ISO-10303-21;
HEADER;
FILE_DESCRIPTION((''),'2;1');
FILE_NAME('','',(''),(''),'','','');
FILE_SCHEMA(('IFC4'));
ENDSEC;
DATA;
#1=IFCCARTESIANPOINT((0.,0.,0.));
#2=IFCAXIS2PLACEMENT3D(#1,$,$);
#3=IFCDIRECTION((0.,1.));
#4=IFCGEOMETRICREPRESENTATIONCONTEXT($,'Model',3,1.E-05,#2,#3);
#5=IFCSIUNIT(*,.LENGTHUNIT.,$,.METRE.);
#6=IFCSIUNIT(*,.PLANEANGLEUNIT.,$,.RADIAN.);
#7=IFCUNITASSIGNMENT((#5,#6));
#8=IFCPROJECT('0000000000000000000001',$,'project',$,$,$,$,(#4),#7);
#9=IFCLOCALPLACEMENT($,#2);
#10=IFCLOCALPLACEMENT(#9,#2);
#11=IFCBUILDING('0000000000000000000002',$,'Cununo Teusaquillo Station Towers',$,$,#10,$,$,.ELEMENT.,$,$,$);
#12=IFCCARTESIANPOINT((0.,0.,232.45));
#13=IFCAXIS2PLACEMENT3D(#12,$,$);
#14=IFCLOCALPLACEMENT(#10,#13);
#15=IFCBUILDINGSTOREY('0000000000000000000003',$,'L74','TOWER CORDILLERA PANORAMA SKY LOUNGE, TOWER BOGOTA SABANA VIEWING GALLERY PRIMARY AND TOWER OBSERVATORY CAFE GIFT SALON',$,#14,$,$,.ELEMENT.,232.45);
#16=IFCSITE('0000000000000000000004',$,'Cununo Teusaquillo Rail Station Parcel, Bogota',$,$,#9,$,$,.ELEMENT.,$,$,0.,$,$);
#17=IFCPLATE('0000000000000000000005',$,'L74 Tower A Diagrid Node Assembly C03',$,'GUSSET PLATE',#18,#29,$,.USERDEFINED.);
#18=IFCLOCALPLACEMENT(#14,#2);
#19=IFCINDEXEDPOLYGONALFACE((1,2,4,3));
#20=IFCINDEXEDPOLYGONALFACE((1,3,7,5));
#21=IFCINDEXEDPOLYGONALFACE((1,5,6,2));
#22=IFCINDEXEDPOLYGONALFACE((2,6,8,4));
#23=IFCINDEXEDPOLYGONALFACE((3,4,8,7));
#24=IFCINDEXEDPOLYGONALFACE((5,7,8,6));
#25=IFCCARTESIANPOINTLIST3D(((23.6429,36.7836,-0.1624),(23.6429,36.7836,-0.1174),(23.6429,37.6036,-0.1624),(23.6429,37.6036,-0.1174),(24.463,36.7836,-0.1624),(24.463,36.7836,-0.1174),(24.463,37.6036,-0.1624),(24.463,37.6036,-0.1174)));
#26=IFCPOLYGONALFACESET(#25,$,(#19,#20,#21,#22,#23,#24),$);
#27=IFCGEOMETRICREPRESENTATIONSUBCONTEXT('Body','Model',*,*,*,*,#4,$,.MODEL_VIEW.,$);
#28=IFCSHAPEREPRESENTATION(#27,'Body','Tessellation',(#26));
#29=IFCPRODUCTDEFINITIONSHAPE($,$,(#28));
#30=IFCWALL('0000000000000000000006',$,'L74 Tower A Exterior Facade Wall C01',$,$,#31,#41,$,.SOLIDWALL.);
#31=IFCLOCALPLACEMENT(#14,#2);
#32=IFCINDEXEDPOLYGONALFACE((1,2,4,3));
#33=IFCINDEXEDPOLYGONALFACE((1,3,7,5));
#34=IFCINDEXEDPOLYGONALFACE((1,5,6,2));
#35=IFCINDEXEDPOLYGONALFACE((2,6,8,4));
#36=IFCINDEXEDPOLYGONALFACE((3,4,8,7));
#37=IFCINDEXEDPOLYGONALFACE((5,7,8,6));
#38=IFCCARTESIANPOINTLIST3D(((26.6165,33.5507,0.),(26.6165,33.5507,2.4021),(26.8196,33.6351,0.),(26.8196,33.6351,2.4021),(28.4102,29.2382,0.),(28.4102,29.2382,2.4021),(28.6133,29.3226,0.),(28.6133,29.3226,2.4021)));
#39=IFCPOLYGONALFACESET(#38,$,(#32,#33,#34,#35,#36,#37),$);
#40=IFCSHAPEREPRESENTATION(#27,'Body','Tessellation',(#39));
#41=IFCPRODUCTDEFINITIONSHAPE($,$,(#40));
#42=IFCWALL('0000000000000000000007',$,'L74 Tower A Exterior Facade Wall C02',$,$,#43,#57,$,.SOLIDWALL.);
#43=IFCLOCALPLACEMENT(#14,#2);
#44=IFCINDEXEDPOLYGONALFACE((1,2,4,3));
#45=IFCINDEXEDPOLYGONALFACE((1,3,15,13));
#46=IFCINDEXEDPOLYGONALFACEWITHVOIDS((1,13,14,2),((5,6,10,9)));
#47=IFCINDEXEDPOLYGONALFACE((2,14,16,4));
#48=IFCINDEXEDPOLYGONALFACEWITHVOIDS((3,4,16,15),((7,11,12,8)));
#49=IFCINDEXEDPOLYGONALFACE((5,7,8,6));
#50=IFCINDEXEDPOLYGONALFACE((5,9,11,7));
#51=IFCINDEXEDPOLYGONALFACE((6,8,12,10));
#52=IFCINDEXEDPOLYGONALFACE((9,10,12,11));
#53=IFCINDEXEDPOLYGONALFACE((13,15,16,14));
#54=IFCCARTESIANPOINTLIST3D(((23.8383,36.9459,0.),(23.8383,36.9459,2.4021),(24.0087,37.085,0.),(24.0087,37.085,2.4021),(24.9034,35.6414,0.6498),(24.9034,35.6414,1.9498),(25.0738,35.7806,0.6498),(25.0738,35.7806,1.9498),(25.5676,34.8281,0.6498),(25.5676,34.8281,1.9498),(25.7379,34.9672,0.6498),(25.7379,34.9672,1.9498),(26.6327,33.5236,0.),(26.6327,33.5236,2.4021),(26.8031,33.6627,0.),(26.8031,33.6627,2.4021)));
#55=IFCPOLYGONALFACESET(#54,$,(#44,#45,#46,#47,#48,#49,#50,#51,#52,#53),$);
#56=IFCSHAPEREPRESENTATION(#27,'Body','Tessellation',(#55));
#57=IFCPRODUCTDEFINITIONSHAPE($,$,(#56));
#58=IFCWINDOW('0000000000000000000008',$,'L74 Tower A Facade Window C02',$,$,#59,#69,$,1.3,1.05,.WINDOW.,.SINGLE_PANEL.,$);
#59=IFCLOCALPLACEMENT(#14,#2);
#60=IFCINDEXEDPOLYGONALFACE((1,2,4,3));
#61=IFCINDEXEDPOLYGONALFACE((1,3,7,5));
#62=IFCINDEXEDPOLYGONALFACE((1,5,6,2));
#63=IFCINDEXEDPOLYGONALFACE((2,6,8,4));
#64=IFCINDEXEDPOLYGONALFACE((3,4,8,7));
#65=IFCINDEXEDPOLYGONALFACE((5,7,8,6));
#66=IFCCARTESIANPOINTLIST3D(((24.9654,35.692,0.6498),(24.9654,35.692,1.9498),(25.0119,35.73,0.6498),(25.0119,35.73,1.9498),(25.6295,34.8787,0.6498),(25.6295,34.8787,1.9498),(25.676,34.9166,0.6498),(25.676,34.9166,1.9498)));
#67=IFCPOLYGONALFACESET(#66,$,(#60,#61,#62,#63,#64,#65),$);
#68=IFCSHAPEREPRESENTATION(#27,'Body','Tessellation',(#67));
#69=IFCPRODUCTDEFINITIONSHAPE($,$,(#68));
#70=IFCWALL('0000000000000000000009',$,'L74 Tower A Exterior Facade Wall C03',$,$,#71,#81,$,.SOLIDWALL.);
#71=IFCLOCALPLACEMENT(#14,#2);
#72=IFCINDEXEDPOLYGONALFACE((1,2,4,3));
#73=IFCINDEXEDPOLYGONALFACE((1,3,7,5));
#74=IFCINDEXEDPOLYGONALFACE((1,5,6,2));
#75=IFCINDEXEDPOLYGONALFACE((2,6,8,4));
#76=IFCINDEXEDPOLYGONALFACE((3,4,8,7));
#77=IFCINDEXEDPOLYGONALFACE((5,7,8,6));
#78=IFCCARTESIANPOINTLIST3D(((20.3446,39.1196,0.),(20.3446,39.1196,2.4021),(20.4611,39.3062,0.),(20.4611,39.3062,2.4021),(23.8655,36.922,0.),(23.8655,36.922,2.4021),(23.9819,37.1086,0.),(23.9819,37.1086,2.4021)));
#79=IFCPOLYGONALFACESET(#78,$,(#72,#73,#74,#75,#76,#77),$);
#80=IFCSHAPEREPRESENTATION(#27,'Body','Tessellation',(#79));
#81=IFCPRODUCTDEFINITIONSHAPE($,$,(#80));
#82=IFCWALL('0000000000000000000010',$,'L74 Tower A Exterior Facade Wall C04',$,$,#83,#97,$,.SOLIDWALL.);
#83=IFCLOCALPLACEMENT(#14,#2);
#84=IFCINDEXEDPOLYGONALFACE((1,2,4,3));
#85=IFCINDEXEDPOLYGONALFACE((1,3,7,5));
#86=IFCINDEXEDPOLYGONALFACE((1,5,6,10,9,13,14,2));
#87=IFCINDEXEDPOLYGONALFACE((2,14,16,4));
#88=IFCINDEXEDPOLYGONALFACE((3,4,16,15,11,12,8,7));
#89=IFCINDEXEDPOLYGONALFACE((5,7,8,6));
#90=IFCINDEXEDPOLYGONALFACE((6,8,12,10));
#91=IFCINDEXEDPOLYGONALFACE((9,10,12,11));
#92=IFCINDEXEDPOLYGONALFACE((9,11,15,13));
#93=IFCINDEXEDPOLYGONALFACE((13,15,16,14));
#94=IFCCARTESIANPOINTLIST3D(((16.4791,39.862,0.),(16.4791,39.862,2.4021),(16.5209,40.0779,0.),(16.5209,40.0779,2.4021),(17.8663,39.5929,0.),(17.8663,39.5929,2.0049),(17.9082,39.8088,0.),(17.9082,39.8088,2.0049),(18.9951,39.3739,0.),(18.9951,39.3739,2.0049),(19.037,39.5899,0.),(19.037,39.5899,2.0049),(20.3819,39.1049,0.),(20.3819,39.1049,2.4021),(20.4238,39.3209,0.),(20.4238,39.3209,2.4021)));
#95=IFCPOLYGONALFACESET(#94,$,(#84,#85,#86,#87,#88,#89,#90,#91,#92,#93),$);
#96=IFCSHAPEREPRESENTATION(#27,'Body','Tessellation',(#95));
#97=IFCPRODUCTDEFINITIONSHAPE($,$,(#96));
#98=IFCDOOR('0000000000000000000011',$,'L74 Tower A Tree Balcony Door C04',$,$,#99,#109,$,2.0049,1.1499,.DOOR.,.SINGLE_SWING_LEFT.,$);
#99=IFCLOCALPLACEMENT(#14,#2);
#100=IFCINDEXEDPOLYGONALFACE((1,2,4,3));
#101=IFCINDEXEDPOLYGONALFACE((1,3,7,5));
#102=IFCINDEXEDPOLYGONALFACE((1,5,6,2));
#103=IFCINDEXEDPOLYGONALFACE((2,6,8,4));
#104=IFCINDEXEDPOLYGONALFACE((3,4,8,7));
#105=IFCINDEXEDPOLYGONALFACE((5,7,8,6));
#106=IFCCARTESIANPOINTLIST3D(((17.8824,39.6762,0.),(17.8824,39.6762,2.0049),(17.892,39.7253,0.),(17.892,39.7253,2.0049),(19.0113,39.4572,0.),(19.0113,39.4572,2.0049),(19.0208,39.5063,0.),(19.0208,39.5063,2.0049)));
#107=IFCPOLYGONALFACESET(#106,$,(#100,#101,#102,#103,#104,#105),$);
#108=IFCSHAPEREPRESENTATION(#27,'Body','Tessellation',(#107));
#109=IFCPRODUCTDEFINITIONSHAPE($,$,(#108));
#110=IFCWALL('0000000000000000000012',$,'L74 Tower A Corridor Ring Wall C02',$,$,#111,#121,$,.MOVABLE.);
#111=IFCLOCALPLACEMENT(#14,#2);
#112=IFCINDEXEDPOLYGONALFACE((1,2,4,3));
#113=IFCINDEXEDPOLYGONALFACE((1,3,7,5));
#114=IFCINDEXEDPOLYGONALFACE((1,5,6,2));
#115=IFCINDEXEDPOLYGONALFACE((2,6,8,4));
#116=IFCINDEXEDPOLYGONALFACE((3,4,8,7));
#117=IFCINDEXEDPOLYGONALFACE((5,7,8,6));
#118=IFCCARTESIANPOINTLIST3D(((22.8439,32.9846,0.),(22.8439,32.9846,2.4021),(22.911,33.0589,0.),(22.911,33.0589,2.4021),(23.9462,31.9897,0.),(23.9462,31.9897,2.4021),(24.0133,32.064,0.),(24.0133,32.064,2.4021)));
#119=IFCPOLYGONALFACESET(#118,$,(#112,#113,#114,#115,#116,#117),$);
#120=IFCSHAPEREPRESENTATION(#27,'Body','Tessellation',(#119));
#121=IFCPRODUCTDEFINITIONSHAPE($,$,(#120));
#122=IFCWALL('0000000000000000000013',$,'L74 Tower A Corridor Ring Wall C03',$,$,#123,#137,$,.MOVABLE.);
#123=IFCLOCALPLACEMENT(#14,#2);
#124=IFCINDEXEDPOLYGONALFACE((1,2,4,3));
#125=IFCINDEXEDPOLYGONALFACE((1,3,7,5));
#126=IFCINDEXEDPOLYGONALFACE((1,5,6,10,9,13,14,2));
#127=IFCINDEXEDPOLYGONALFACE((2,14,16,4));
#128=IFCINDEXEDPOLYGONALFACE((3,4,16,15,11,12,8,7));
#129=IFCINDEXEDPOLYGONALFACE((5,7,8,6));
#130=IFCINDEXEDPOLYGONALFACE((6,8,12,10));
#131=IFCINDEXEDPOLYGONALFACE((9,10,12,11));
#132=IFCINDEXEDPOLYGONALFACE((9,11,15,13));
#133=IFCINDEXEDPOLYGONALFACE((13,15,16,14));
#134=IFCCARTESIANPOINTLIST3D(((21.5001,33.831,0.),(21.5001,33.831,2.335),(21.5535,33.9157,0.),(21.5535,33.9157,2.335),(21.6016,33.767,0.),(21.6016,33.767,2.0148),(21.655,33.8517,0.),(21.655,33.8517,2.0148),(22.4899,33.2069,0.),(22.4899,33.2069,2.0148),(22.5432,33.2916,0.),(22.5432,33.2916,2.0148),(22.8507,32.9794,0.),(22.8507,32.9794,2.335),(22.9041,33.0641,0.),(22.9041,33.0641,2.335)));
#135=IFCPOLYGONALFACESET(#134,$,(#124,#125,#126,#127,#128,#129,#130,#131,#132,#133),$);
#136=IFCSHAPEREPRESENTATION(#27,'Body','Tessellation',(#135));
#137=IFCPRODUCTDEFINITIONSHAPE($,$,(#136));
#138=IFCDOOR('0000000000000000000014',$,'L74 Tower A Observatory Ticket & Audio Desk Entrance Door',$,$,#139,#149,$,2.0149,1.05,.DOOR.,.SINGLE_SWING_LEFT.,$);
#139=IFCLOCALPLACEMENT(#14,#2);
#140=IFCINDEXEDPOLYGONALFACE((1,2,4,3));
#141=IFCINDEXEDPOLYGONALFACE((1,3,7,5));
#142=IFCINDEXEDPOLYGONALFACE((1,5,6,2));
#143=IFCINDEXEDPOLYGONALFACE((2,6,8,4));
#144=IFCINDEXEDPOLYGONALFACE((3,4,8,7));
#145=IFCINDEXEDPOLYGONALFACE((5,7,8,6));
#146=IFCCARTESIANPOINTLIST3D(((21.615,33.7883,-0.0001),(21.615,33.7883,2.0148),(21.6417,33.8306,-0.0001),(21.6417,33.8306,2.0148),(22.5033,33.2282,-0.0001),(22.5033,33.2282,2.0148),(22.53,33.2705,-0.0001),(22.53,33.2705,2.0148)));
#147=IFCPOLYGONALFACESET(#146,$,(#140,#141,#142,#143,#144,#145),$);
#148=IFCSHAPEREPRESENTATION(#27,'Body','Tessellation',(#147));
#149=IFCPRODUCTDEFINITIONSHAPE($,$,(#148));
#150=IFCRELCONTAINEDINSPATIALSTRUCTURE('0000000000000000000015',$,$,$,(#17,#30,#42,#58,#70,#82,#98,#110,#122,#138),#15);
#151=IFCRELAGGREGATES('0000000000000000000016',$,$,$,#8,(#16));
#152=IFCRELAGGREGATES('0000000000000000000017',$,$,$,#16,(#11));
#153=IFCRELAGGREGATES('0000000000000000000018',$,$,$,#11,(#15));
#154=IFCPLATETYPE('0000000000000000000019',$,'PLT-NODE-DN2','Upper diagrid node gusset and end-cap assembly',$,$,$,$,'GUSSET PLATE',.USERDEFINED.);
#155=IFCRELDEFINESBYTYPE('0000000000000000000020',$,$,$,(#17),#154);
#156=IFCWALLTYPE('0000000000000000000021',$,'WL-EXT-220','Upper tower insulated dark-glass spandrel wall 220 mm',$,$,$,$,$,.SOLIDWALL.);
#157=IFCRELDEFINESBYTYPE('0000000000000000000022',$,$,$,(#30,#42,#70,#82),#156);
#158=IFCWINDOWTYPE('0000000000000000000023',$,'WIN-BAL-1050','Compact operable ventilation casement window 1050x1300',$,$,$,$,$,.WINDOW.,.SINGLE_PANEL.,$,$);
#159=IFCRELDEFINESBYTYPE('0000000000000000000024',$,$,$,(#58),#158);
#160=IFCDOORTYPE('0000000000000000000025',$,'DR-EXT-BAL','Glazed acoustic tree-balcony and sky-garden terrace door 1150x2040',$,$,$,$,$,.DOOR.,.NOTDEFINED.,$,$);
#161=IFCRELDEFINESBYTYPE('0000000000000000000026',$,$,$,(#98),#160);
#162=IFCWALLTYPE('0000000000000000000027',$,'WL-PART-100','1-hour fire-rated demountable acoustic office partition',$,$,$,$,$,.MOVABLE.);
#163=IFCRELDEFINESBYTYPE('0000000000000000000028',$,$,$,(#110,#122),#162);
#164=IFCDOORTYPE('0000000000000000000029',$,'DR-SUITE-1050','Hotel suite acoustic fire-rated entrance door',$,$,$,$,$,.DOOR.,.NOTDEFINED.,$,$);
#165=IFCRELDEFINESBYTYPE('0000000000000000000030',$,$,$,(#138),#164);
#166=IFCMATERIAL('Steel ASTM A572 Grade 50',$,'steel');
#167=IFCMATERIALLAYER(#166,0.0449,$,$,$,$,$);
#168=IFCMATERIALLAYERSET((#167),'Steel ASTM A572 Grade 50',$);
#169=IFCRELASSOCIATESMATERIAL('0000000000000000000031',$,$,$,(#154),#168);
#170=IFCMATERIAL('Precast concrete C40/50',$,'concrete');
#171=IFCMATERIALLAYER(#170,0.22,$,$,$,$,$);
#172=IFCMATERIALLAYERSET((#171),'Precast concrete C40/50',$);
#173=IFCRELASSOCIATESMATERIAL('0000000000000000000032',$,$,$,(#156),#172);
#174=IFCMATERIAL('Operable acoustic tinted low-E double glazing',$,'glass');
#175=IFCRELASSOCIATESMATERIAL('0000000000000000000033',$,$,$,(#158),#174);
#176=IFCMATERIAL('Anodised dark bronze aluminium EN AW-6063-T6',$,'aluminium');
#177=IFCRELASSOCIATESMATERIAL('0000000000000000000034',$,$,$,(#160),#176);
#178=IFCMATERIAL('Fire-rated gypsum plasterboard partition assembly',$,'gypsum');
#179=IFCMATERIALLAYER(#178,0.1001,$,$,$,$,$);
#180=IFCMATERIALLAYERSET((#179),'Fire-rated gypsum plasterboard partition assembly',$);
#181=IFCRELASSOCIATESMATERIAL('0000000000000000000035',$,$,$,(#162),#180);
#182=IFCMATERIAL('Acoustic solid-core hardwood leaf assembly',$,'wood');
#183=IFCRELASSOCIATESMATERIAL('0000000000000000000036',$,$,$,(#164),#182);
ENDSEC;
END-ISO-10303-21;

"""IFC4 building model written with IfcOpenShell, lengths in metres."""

from ifc_helpers import new_model, si_unit, direction, frame, frame_2d, origin, origin_2d, place, context, subcontext, project, spatial, rectangle, extrude, source, transform, mapped, material, layer, layer_set, type_object, element, fill, save


model = new_model("IFC4")

# Units and contexts
model_context = context("Model", 3, precision=1e-05, world=origin(), true_north=direction((0.0, 1.0)))
body_context = subcontext(model_context, "Body", "Model", "MODEL_VIEW")
ifc_project = project(units=[si_unit("LENGTHUNIT", "METRE"), si_unit("PLANEANGLEUNIT", "RADIAN")], contexts=[model_context])

# Site, building, storey
site_placement = place(None, origin())
site = spatial("IfcSite", under=ifc_project, at=site_placement, Name="Cununo Teusaquillo Rail Station Parcel, Bogota", CompositionType="ELEMENT", RefElevation=0.0)
building_placement = place(site_placement, origin())
building = spatial("IfcBuilding", under=site, at=building_placement, Name="Cununo Teusaquillo Station Towers", CompositionType="ELEMENT")
storey_placement = place(building_placement, frame((0.0, 0.0, 232.45)))
storey = spatial("IfcBuildingStorey", under=building, at=storey_placement, Name="L74", Description="TOWER CORDILLERA PANORAMA SKY LOUNGE, TOWER BOGOTA SABANA VIEWING GALLERY PRIMARY AND TOWER OBSERVATORY CAFE GIFT SALON", CompositionType="ELEMENT", Elevation=232.45)

# Plate
ifc_material_1 = material(Name="Steel ASTM A572 Grade 50", Category="steel")
ifc_layer_1 = layer(ifc_material_1, 0.0449)
ifc_layer_set_1 = layer_set([ifc_layer_1], Name="Steel ASTM A572 Grade 50")
plate_type = type_object("IfcPlateType", Name="PLT-NODE-DN2", Description="Upper diagrid node gusset and end-cap assembly", ElementType="GUSSET PLATE", PredefinedType="USERDEFINED", material=ifc_layer_set_1)
shared_shape_1 = source(origin(), body_context, "Body", "SweptSolid", [
    extrude(rectangle(XDim=0.8201, YDim=0.8201, at=origin_2d()), origin(), (0.0, 0.0, 1.0), 0.0449),
])
for number, where, z_axis, x_axis, name in (
    (1, (24.053, 37.1936, -0.1624), (0.0, 0.0, 1.0), (1.0, 0.0, 0.0), "L74 Tower A Diagrid Node Assembly C03"),
):
    element("IfcPlate", number, at=place(storey_placement, frame(where, z_axis=z_axis, x_axis=x_axis)), inside=storey, type_object=plate_type, Name=name, ObjectType="GUSSET PLATE", PredefinedType="USERDEFINED", context=body_context, shape_type="MappedRepresentation", body=[
        mapped(shared_shape_1, transform((0.0, 0.0, 0.0), x_axis=(1.0, 0.0, 0.0), y_axis=(0.0, 1.0, 0.0), z_axis=(0.0, 0.0, 1.0), scale=1.0)),
    ])

# Wall
ifc_material_2 = material(Name="Precast concrete C40/50", Category="concrete")
ifc_layer_2 = layer(ifc_material_2, 0.22)
ifc_layer_set_2 = layer_set([ifc_layer_2], Name="Precast concrete C40/50")
wall_type_1 = type_object("IfcWallType", Name="WL-EXT-220", Description="Upper tower insulated dark-glass spandrel wall 220 mm", PredefinedType="SOLIDWALL", material=ifc_layer_set_2)
wall_1_placement = place(storey_placement, frame((26.718, 33.593, 0.0), z_axis=(0.0, 0.0, 1.0), x_axis=(0.384036, -0.923318, 0.0)))
element("IfcWall", 2, at=wall_1_placement, inside=storey, type_object=wall_type_1, Name="L74 Tower A Exterior Facade Wall C01", PredefinedType="SOLIDWALL", context=body_context, shape_type="SweptSolid", body=[
    extrude(rectangle(XDim=4.6707, YDim=0.22, at=frame_2d((2.3354, 0.0))), origin(), (0.0, 0.0, 1.0), 2.4021),
])

# Wall, opening, window
wall_2_placement = place(storey_placement, frame((23.9236, 37.0154, 0.0), z_axis=(0.0, 0.0, 1.0), x_axis=(0.632467, -0.774587, 0.0)))
wall_2 = element("IfcWall", 3, at=wall_2_placement, inside=storey, type_object=wall_type_1, Name="L74 Tower A Exterior Facade Wall C02", PredefinedType="SOLIDWALL", context=body_context, shape_type="SweptSolid", body=[
    extrude(rectangle(XDim=4.4182, YDim=0.22, at=frame_2d((2.209, 0.0))), origin(), (0.0, 0.0, 1.0), 2.4021),
])
shared_shape_2 = source(origin(), body_context, "Body", "SweptSolid", [
    extrude(rectangle(XDim=1.05, YDim=1.3, at=frame_2d((0.5249, 0.6499))), frame((0.0, 0.1199, 0.0), z_axis=(0.0, -1.0, 0.0), x_axis=(1.0, 0.0, 0.0)), (0.0, 0.0, 1.0), 0.24),
])
opening_1_placement = place(wall_2_placement, frame((1.6841, 0.0, 0.6499)))
opening_1 = element("IfcOpeningElement", 4, at=opening_1_placement, cuts=wall_2, PredefinedType="OPENING", context=body_context, shape_type="MappedRepresentation", body=[
    mapped(shared_shape_2, transform((0.0, 0.0, 0.0), x_axis=(1.0, 0.0, 0.0), y_axis=(0.0, 1.0, 0.0), z_axis=(0.0, 0.0, 1.0), scale=1.0)),
])
ifc_material_3 = material(Name="Operable acoustic tinted low-E double glazing", Category="glass")
window_type = type_object("IfcWindowType", Name="WIN-BAL-1050", Description="Compact operable ventilation casement window 1050x1300", PartitioningType="SINGLE_PANEL", PredefinedType="WINDOW", material=ifc_material_3)
shared_shape_3 = source(origin(), body_context, "Body", "SweptSolid", [
    extrude(rectangle(XDim=1.05, YDim=1.3, at=frame_2d((0.5249, 0.6499))), frame((0.0, 0.03, 0.0), z_axis=(0.0, -1.0, 0.0), x_axis=(1.0, 0.0, 0.0)), (0.0, 0.0, 1.0), 0.0601),
])
window_placement = place(opening_1_placement, origin())
window = element("IfcWindow", 5, at=window_placement, inside=storey, type_object=window_type, Name="L74 Tower A Facade Window C02", OverallHeight=1.3, OverallWidth=1.05, PartitioningType="SINGLE_PANEL", PredefinedType="WINDOW", context=body_context, shape_type="MappedRepresentation", body=[
    mapped(shared_shape_3, transform((0.0, 0.0, 0.0), x_axis=(1.0, 0.0, 0.0), y_axis=(0.0, 1.0, 0.0), z_axis=(0.0, 0.0, 1.0), scale=1.0)),
])
fill(opening_1, window)

# Wall
wall_3_placement = place(storey_placement, frame((20.4028, 39.2129, 0.0), z_axis=(0.0, 0.0, 1.0), x_axis=(0.848319, -0.529486, 0.0)))
element("IfcWall", 6, at=wall_3_placement, inside=storey, type_object=wall_type_1, Name="L74 Tower A Exterior Facade Wall C03", PredefinedType="SOLIDWALL", context=body_context, shape_type="SweptSolid", body=[
    extrude(rectangle(XDim=4.1504, YDim=0.22, at=frame_2d((2.0752, 0.0))), origin(), (0.0, 0.0, 1.0), 2.4021),
])

# Wall, opening, door
wall_4_placement = place(storey_placement, frame((16.5, 39.97, 0.0), z_axis=(0.0, 0.0, 1.0), x_axis=(0.9817, -0.190432, 0.0)))
wall_4 = element("IfcWall", 7, at=wall_4_placement, inside=storey, type_object=wall_type_1, Name="L74 Tower A Exterior Facade Wall C04", PredefinedType="SOLIDWALL", context=body_context, shape_type="SweptSolid", body=[
    extrude(rectangle(XDim=3.9756, YDim=0.22, at=frame_2d((1.9878, 0.0))), origin(), (0.0, 0.0, 1.0), 2.4021),
])
shared_shape_4 = source(origin(), body_context, "Body", "SweptSolid", [
    extrude(rectangle(XDim=1.1499, YDim=2.0049, at=frame_2d((0.575, 1.0024))), frame((0.0, 0.1199, 0.0), z_axis=(0.0, -1.0, 0.0), x_axis=(1.0, 0.0, 0.0)), (0.0, 0.0, 1.0), 0.24),
])
opening_2_placement = place(wall_4_placement, frame((1.4131, 0.0, 0.0)))
opening_2 = element("IfcOpeningElement", 8, at=opening_2_placement, cuts=wall_4, PredefinedType="OPENING", context=body_context, shape_type="MappedRepresentation", body=[
    mapped(shared_shape_4, transform((0.0, 0.0, 0.0), x_axis=(1.0, 0.0, 0.0), y_axis=(0.0, 1.0, 0.0), z_axis=(0.0, 0.0, 1.0), scale=1.0)),
])
ifc_material_4 = material(Name="Anodised dark bronze aluminium EN AW-6063-T6", Category="aluminium")
door_type_1 = type_object("IfcDoorType", Name="DR-EXT-BAL", Description="Glazed acoustic tree-balcony and sky-garden terrace door 1150x2040", OperationType="NOTDEFINED", PredefinedType="DOOR", material=ifc_material_4)
shared_shape_5 = source(origin(), body_context, "Body", "SweptSolid", [
    extrude(rectangle(XDim=1.1499, YDim=2.0049, at=frame_2d((0.575, 1.0024))), frame((0.0, 0.0249, 0.0), z_axis=(0.0, -1.0, 0.0), x_axis=(1.0, 0.0, 0.0)), (0.0, 0.0, 1.0), 0.05),
])
door_1_placement = place(opening_2_placement, origin())
door_1 = element("IfcDoor", 9, at=door_1_placement, inside=storey, type_object=door_type_1, Name="L74 Tower A Tree Balcony Door C04", OperationType="SINGLE_SWING_LEFT", OverallHeight=2.0049, OverallWidth=1.1499, PredefinedType="DOOR", context=body_context, shape_type="MappedRepresentation", body=[
    mapped(shared_shape_5, transform((0.0, 0.0, 0.0), x_axis=(1.0, 0.0, 0.0), y_axis=(0.0, 1.0, 0.0), z_axis=(0.0, 0.0, 1.0), scale=1.0)),
])
fill(opening_2, door_1)

# Wall
ifc_material_5 = material(Name="Fire-rated gypsum plasterboard partition assembly", Category="gypsum")
ifc_layer_3 = layer(ifc_material_5, 0.1001)
ifc_layer_set_3 = layer_set([ifc_layer_3], Name="Fire-rated gypsum plasterboard partition assembly")
wall_type_2 = type_object("IfcWallType", Name="WL-PART-100", Description="1-hour fire-rated demountable acoustic office partition", PredefinedType="MOVABLE", material=ifc_layer_set_3)
wall_5_placement = place(storey_placement, frame((23.9797, 32.0269, 0.0), z_axis=(0.0, 0.0, 1.0), x_axis=(-0.742353, 0.670009, 0.0)))
element("IfcWall", 10, at=wall_5_placement, inside=storey, type_object=wall_type_2, Name="L74 Tower A Corridor Ring Wall C02", PredefinedType="MOVABLE", context=body_context, shape_type="SweptSolid", body=[
    extrude(rectangle(XDim=1.4849, YDim=0.1001, at=frame_2d((0.7424, 0.0))), origin(), (0.0, 0.0, 1.0), 2.4021),
])

# Wall, opening, door
wall_6_placement = place(storey_placement, frame((22.8774, 33.0217, 0.0), z_axis=(0.0, 0.0, 1.0), x_axis=(-0.845896, 0.533348, 0.0)))
wall_6 = element("IfcWall", 11, at=wall_6_placement, inside=storey, type_object=wall_type_2, Name="L74 Tower A Corridor Ring Wall C03", PredefinedType="MOVABLE", context=body_context, shape_type="SweptSolid", body=[
    extrude(rectangle(XDim=1.5967, YDim=0.1001, at=frame_2d((0.7983, 0.0))), origin(), (0.0, 0.0, 1.0), 2.335),
])
shared_shape_6 = source(origin(), body_context, "Body", "SweptSolid", [
    extrude(rectangle(XDim=1.05, YDim=2.0149, at=frame_2d((0.5249, 1.0073))), frame((0.0, 0.0601, 0.0), z_axis=(0.0, -1.0, 0.0), x_axis=(1.0, 0.0, 0.0)), (0.0, 0.0, 1.0), 0.1201),
])
opening_3_placement = place(wall_6_placement, frame((0.4268, 0.0, 0.0)))
opening_3 = element("IfcOpeningElement", 12, at=opening_3_placement, cuts=wall_6, PredefinedType="OPENING", context=body_context, shape_type="MappedRepresentation", body=[
    mapped(shared_shape_6, transform((0.0, 0.0, 0.0), x_axis=(1.0, 0.0, 0.0), y_axis=(0.0, 1.0, 0.0), z_axis=(0.0, 0.0, 1.0), scale=1.0)),
])
ifc_material_6 = material(Name="Acoustic solid-core hardwood leaf assembly", Category="wood")
door_type_2 = type_object("IfcDoorType", Name="DR-SUITE-1050", Description="Hotel suite acoustic fire-rated entrance door", OperationType="NOTDEFINED", PredefinedType="DOOR", material=ifc_material_6)
shared_shape_7 = source(origin(), body_context, "Body", "SweptSolid", [
    extrude(rectangle(XDim=1.05, YDim=2.0149, at=frame_2d((0.5249, 1.0073))), frame((0.0, 0.0249, 0.0), z_axis=(0.0, -1.0, 0.0), x_axis=(1.0, 0.0, 0.0)), (0.0, 0.0, 1.0), 0.05),
])
door_2_placement = place(opening_3_placement, origin())
door_2 = element("IfcDoor", 13, at=door_2_placement, inside=storey, type_object=door_type_2, Name="L74 Tower A Observatory Ticket & Audio Desk Entrance Door", OperationType="SINGLE_SWING_LEFT", OverallHeight=2.0149, OverallWidth=1.05, PredefinedType="DOOR", context=body_context, shape_type="MappedRepresentation", body=[
    mapped(shared_shape_7, transform((0.0, 0.0, 0.0), x_axis=(1.0, 0.0, 0.0), y_axis=(0.0, 1.0, 0.0), z_axis=(0.0, 0.0, 1.0), scale=1.0)),
])
fill(opening_3, door_2)

save(model, "model.ifc")
